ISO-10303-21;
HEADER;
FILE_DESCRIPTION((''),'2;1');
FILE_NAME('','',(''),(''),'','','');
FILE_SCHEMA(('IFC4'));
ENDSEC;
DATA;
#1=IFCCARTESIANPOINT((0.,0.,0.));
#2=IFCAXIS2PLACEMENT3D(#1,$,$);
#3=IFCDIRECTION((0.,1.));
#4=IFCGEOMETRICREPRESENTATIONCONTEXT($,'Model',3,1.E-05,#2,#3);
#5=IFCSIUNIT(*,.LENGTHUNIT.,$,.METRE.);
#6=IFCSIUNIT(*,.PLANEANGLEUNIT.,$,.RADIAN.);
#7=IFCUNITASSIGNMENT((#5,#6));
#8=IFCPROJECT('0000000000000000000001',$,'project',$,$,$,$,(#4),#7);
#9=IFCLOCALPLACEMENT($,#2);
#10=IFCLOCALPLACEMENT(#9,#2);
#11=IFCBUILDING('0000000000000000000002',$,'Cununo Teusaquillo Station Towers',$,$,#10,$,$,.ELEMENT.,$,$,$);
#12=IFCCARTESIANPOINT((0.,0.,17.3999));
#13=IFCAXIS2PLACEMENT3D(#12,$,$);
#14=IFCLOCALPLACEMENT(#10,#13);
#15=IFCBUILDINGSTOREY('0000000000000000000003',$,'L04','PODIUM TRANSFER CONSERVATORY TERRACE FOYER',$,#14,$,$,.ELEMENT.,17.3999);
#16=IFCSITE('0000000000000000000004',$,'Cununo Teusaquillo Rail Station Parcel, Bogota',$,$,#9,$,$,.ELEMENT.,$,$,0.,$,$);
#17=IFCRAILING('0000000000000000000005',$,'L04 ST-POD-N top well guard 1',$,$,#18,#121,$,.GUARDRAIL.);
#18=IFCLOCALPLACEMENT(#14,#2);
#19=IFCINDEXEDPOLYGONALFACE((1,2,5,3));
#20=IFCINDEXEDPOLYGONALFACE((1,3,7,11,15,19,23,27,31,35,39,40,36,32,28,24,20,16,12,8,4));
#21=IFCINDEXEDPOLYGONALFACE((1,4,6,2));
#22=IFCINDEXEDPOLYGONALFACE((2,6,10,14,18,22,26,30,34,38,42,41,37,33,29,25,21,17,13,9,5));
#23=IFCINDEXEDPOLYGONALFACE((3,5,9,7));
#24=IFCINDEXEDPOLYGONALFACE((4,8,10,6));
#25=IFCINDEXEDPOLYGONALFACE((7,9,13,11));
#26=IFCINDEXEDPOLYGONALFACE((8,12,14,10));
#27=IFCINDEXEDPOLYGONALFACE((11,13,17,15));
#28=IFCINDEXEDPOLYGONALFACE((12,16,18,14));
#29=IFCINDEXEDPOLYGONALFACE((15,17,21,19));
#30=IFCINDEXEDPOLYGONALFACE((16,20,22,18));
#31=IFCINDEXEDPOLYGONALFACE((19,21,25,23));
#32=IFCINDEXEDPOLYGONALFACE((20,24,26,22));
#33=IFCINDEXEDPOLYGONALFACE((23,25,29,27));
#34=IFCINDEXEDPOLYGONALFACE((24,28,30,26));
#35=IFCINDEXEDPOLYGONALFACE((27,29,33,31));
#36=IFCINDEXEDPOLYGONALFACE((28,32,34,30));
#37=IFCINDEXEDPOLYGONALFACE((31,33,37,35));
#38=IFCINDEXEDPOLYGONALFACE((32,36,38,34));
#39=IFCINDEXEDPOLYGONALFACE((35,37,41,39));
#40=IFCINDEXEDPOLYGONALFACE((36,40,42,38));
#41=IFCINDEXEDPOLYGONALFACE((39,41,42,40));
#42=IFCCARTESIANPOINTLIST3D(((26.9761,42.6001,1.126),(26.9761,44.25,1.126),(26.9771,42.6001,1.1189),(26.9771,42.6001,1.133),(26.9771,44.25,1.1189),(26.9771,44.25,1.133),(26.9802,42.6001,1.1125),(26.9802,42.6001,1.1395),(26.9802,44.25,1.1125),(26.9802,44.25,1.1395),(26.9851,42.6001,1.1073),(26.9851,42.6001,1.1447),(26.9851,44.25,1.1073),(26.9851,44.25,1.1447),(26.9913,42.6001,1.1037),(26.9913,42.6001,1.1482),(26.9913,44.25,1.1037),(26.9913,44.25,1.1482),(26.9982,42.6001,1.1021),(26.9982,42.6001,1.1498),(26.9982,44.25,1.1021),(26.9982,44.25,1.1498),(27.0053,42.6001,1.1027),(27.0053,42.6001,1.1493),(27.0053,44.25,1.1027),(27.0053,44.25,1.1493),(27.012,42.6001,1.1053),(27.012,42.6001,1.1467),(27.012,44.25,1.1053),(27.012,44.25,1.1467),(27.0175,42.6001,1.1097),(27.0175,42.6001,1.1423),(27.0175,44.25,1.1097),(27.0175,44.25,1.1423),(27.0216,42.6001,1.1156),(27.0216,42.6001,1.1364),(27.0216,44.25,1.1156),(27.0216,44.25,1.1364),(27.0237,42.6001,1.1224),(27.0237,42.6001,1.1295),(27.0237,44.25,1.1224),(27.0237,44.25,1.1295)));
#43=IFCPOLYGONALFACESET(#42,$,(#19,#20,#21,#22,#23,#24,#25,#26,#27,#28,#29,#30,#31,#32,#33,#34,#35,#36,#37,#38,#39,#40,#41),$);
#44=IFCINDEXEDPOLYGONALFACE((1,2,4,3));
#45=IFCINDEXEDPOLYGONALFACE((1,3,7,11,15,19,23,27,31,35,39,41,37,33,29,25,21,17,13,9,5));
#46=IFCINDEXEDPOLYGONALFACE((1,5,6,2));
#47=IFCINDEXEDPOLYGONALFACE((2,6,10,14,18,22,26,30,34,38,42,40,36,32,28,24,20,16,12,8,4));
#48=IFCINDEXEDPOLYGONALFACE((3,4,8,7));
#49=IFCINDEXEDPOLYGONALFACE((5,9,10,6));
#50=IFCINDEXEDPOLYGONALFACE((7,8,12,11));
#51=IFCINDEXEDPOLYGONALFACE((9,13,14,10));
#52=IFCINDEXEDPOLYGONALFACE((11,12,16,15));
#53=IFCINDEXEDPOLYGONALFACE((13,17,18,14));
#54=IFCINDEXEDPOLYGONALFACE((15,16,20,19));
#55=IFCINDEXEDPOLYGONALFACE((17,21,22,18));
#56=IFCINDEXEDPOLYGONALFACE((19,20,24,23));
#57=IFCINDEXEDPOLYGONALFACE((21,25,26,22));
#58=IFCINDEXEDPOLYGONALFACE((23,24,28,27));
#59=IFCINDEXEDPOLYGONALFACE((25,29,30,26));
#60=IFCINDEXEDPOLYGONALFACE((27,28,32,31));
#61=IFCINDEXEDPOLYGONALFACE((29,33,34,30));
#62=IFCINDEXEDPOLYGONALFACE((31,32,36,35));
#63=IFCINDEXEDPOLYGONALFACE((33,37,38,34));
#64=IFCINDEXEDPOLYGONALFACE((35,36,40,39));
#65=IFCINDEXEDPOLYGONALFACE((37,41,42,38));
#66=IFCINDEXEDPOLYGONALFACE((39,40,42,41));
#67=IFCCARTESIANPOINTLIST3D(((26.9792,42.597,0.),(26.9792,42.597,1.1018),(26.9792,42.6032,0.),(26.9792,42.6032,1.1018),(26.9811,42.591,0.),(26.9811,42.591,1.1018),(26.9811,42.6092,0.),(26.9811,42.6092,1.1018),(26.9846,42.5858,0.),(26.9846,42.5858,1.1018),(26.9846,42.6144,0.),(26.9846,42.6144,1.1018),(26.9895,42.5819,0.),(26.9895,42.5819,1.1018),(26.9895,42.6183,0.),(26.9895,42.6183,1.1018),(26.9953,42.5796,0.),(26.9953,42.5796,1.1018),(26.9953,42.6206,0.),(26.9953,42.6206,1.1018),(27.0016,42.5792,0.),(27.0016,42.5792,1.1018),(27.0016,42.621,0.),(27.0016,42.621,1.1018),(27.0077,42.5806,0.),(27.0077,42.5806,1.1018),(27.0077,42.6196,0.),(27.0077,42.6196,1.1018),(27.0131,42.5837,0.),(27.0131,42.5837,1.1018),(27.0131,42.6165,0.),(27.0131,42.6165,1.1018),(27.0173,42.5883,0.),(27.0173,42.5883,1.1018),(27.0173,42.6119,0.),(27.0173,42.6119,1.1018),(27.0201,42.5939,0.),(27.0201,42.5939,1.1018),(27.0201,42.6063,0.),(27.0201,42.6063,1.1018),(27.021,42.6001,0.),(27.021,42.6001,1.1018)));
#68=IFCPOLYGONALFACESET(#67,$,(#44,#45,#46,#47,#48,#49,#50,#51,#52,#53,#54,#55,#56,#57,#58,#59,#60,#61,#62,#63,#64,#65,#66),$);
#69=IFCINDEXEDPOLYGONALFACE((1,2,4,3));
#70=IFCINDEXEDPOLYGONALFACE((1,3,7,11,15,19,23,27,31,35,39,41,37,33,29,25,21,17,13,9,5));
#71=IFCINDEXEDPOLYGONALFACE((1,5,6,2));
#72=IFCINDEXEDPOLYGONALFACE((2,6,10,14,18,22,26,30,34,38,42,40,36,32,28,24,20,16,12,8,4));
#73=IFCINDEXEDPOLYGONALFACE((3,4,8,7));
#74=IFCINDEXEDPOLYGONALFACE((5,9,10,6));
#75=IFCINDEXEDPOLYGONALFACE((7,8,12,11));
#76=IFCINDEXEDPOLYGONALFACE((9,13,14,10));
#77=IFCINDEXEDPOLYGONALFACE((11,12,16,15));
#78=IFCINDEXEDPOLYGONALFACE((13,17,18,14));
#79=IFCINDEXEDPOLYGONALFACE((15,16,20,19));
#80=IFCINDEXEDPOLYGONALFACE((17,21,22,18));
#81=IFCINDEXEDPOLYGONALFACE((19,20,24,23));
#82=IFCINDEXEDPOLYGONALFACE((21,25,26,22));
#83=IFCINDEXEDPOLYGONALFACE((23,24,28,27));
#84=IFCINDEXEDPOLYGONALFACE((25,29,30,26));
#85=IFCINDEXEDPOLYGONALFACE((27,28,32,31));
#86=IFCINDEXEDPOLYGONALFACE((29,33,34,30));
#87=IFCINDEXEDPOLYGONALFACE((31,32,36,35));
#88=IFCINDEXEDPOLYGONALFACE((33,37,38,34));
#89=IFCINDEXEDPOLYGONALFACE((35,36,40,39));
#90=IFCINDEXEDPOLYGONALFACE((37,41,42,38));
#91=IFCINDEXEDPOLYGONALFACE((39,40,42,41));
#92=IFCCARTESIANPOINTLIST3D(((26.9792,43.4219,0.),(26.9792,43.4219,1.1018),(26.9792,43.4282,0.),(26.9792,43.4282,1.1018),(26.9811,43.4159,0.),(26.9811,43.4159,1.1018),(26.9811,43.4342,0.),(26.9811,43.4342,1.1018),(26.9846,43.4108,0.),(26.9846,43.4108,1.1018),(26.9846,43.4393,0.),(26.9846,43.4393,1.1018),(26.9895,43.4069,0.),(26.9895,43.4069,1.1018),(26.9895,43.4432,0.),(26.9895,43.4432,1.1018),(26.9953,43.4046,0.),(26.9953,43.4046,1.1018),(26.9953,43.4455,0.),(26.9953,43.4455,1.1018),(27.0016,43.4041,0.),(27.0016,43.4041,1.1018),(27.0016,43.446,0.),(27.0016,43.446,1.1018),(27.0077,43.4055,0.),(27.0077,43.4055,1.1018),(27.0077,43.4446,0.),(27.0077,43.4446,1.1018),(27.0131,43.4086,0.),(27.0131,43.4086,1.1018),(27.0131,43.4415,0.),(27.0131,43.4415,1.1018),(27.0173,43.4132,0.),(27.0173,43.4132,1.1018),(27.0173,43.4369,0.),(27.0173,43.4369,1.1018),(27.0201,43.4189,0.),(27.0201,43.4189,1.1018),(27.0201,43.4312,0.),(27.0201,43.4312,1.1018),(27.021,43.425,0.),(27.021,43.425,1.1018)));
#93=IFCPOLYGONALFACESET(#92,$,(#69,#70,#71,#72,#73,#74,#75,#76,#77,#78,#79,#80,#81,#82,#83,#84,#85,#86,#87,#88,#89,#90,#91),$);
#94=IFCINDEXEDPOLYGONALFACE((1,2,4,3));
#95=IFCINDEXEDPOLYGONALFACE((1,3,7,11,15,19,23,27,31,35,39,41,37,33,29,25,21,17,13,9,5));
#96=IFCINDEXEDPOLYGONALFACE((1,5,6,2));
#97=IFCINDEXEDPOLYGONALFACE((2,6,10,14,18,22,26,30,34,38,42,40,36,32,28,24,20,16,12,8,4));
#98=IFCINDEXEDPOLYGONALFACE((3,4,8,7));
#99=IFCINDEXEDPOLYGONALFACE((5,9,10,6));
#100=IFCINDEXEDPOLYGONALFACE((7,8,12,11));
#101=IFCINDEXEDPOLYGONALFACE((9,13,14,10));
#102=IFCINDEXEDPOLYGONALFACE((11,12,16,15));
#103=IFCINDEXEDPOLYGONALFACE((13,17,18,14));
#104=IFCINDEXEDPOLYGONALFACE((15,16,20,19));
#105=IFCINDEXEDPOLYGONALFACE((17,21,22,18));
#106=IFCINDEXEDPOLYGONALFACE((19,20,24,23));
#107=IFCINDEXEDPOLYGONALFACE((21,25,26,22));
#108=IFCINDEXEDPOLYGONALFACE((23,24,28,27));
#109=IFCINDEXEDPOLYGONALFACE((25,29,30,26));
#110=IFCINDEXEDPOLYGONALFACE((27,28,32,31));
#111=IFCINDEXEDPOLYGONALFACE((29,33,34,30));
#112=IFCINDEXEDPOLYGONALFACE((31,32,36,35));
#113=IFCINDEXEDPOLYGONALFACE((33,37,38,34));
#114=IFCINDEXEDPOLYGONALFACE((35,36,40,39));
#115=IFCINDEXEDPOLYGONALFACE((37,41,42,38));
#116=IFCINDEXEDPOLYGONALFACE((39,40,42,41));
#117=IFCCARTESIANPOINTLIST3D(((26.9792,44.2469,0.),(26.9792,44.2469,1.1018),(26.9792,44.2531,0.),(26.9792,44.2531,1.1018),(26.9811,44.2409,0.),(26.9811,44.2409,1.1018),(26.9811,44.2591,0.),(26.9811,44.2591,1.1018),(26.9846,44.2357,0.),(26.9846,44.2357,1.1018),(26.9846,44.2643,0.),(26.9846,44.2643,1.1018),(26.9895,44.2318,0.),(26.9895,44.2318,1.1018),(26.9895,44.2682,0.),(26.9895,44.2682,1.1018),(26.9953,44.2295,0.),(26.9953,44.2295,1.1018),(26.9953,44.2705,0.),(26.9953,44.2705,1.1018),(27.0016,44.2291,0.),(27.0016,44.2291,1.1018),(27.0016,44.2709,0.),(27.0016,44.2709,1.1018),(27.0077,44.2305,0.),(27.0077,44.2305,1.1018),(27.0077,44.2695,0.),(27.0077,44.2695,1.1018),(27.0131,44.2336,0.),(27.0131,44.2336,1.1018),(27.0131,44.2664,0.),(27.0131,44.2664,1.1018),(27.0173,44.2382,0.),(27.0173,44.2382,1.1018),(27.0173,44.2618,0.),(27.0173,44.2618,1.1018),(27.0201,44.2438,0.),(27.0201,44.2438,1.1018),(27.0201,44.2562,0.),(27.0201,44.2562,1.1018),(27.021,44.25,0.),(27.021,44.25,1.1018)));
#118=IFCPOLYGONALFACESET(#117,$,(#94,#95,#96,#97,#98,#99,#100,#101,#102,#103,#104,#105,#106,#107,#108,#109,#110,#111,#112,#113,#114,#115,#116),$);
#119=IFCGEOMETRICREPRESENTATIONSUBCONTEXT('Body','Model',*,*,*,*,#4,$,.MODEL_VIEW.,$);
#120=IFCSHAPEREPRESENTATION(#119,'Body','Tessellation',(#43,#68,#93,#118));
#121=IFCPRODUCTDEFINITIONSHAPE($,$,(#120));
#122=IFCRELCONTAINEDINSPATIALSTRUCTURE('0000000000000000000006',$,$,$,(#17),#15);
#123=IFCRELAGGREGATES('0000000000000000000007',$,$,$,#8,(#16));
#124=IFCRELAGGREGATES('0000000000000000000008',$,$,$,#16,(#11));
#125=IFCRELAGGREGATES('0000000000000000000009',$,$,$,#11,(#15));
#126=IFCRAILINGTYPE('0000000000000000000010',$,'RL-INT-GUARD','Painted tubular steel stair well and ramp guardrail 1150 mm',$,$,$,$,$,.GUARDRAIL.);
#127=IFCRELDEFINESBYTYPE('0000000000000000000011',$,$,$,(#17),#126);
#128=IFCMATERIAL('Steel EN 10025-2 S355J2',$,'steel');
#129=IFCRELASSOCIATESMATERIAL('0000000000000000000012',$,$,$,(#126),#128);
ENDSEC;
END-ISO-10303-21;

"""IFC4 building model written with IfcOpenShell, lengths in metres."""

from ifc_helpers import new_model, si_unit, direction, frame, origin, origin_2d, place, context, subcontext, project, spatial, circle, extrude, material, type_object, element, save


model = new_model("IFC4")

# Units and contexts
model_context = context("Model", 3, precision=1e-05, world=origin(), true_north=direction((0.0, 1.0)))
body_context = subcontext(model_context, "Body", "Model", "MODEL_VIEW")
ifc_project = project(units=[si_unit("LENGTHUNIT", "METRE"), si_unit("PLANEANGLEUNIT", "RADIAN")], contexts=[model_context])

# Site, building, storey
site_placement = place(None, origin())
site = spatial("IfcSite", under=ifc_project, at=site_placement, Name="Cununo Teusaquillo Rail Station Parcel, Bogota", CompositionType="ELEMENT", RefElevation=0.0)
building_placement = place(site_placement, origin())
building = spatial("IfcBuilding", under=site, at=building_placement, Name="Cununo Teusaquillo Station Towers", CompositionType="ELEMENT")
storey_placement = place(building_placement, frame((0.0, 0.0, 17.3999)))
storey = spatial("IfcBuildingStorey", under=building, at=storey_placement, Name="L04", Description="PODIUM TRANSFER CONSERVATORY TERRACE FOYER", CompositionType="ELEMENT", Elevation=17.3999)

# Railing
ifc_material_1 = material(Name="Steel EN 10025-2 S355J2", Category="steel")
railing_type = type_object("IfcRailingType", Name="RL-INT-GUARD", Description="Painted tubular steel stair well and ramp guardrail 1150 mm", PredefinedType="GUARDRAIL", material=ifc_material_1)
railing_1_placement = place(storey_placement, frame((27.0, 42.6001, 0.0)))
element("IfcRailing", 1, at=railing_1_placement, inside=storey, type_object=railing_type, Name="L04 ST-POD-N top well guard 1", PredefinedType="GUARDRAIL", context=body_context, shape_type="SweptSolid", body=[
    extrude(circle(Radius=0.0239, at=origin_2d()), frame((0.0, 0.0, 1.126), z_axis=(0.0, 1.0, 0.0), x_axis=(-1.0, 0.0, 0.0)), (0.0, 0.0, 1.0), 1.6499),
    extrude(circle(Radius=0.021, at=origin_2d()), origin(), (0.0, 0.0, 1.0), 1.1018),
    extrude(circle(Radius=0.021, at=origin_2d()), frame((0.0, 0.825, 0.0)), (0.0, 0.0, 1.0), 1.1018),
    extrude(circle(Radius=0.021, at=origin_2d()), frame((0.0, 1.6499, 0.0)), (0.0, 0.0, 1.0), 1.1018),
])

save(model, "model.ifc")
